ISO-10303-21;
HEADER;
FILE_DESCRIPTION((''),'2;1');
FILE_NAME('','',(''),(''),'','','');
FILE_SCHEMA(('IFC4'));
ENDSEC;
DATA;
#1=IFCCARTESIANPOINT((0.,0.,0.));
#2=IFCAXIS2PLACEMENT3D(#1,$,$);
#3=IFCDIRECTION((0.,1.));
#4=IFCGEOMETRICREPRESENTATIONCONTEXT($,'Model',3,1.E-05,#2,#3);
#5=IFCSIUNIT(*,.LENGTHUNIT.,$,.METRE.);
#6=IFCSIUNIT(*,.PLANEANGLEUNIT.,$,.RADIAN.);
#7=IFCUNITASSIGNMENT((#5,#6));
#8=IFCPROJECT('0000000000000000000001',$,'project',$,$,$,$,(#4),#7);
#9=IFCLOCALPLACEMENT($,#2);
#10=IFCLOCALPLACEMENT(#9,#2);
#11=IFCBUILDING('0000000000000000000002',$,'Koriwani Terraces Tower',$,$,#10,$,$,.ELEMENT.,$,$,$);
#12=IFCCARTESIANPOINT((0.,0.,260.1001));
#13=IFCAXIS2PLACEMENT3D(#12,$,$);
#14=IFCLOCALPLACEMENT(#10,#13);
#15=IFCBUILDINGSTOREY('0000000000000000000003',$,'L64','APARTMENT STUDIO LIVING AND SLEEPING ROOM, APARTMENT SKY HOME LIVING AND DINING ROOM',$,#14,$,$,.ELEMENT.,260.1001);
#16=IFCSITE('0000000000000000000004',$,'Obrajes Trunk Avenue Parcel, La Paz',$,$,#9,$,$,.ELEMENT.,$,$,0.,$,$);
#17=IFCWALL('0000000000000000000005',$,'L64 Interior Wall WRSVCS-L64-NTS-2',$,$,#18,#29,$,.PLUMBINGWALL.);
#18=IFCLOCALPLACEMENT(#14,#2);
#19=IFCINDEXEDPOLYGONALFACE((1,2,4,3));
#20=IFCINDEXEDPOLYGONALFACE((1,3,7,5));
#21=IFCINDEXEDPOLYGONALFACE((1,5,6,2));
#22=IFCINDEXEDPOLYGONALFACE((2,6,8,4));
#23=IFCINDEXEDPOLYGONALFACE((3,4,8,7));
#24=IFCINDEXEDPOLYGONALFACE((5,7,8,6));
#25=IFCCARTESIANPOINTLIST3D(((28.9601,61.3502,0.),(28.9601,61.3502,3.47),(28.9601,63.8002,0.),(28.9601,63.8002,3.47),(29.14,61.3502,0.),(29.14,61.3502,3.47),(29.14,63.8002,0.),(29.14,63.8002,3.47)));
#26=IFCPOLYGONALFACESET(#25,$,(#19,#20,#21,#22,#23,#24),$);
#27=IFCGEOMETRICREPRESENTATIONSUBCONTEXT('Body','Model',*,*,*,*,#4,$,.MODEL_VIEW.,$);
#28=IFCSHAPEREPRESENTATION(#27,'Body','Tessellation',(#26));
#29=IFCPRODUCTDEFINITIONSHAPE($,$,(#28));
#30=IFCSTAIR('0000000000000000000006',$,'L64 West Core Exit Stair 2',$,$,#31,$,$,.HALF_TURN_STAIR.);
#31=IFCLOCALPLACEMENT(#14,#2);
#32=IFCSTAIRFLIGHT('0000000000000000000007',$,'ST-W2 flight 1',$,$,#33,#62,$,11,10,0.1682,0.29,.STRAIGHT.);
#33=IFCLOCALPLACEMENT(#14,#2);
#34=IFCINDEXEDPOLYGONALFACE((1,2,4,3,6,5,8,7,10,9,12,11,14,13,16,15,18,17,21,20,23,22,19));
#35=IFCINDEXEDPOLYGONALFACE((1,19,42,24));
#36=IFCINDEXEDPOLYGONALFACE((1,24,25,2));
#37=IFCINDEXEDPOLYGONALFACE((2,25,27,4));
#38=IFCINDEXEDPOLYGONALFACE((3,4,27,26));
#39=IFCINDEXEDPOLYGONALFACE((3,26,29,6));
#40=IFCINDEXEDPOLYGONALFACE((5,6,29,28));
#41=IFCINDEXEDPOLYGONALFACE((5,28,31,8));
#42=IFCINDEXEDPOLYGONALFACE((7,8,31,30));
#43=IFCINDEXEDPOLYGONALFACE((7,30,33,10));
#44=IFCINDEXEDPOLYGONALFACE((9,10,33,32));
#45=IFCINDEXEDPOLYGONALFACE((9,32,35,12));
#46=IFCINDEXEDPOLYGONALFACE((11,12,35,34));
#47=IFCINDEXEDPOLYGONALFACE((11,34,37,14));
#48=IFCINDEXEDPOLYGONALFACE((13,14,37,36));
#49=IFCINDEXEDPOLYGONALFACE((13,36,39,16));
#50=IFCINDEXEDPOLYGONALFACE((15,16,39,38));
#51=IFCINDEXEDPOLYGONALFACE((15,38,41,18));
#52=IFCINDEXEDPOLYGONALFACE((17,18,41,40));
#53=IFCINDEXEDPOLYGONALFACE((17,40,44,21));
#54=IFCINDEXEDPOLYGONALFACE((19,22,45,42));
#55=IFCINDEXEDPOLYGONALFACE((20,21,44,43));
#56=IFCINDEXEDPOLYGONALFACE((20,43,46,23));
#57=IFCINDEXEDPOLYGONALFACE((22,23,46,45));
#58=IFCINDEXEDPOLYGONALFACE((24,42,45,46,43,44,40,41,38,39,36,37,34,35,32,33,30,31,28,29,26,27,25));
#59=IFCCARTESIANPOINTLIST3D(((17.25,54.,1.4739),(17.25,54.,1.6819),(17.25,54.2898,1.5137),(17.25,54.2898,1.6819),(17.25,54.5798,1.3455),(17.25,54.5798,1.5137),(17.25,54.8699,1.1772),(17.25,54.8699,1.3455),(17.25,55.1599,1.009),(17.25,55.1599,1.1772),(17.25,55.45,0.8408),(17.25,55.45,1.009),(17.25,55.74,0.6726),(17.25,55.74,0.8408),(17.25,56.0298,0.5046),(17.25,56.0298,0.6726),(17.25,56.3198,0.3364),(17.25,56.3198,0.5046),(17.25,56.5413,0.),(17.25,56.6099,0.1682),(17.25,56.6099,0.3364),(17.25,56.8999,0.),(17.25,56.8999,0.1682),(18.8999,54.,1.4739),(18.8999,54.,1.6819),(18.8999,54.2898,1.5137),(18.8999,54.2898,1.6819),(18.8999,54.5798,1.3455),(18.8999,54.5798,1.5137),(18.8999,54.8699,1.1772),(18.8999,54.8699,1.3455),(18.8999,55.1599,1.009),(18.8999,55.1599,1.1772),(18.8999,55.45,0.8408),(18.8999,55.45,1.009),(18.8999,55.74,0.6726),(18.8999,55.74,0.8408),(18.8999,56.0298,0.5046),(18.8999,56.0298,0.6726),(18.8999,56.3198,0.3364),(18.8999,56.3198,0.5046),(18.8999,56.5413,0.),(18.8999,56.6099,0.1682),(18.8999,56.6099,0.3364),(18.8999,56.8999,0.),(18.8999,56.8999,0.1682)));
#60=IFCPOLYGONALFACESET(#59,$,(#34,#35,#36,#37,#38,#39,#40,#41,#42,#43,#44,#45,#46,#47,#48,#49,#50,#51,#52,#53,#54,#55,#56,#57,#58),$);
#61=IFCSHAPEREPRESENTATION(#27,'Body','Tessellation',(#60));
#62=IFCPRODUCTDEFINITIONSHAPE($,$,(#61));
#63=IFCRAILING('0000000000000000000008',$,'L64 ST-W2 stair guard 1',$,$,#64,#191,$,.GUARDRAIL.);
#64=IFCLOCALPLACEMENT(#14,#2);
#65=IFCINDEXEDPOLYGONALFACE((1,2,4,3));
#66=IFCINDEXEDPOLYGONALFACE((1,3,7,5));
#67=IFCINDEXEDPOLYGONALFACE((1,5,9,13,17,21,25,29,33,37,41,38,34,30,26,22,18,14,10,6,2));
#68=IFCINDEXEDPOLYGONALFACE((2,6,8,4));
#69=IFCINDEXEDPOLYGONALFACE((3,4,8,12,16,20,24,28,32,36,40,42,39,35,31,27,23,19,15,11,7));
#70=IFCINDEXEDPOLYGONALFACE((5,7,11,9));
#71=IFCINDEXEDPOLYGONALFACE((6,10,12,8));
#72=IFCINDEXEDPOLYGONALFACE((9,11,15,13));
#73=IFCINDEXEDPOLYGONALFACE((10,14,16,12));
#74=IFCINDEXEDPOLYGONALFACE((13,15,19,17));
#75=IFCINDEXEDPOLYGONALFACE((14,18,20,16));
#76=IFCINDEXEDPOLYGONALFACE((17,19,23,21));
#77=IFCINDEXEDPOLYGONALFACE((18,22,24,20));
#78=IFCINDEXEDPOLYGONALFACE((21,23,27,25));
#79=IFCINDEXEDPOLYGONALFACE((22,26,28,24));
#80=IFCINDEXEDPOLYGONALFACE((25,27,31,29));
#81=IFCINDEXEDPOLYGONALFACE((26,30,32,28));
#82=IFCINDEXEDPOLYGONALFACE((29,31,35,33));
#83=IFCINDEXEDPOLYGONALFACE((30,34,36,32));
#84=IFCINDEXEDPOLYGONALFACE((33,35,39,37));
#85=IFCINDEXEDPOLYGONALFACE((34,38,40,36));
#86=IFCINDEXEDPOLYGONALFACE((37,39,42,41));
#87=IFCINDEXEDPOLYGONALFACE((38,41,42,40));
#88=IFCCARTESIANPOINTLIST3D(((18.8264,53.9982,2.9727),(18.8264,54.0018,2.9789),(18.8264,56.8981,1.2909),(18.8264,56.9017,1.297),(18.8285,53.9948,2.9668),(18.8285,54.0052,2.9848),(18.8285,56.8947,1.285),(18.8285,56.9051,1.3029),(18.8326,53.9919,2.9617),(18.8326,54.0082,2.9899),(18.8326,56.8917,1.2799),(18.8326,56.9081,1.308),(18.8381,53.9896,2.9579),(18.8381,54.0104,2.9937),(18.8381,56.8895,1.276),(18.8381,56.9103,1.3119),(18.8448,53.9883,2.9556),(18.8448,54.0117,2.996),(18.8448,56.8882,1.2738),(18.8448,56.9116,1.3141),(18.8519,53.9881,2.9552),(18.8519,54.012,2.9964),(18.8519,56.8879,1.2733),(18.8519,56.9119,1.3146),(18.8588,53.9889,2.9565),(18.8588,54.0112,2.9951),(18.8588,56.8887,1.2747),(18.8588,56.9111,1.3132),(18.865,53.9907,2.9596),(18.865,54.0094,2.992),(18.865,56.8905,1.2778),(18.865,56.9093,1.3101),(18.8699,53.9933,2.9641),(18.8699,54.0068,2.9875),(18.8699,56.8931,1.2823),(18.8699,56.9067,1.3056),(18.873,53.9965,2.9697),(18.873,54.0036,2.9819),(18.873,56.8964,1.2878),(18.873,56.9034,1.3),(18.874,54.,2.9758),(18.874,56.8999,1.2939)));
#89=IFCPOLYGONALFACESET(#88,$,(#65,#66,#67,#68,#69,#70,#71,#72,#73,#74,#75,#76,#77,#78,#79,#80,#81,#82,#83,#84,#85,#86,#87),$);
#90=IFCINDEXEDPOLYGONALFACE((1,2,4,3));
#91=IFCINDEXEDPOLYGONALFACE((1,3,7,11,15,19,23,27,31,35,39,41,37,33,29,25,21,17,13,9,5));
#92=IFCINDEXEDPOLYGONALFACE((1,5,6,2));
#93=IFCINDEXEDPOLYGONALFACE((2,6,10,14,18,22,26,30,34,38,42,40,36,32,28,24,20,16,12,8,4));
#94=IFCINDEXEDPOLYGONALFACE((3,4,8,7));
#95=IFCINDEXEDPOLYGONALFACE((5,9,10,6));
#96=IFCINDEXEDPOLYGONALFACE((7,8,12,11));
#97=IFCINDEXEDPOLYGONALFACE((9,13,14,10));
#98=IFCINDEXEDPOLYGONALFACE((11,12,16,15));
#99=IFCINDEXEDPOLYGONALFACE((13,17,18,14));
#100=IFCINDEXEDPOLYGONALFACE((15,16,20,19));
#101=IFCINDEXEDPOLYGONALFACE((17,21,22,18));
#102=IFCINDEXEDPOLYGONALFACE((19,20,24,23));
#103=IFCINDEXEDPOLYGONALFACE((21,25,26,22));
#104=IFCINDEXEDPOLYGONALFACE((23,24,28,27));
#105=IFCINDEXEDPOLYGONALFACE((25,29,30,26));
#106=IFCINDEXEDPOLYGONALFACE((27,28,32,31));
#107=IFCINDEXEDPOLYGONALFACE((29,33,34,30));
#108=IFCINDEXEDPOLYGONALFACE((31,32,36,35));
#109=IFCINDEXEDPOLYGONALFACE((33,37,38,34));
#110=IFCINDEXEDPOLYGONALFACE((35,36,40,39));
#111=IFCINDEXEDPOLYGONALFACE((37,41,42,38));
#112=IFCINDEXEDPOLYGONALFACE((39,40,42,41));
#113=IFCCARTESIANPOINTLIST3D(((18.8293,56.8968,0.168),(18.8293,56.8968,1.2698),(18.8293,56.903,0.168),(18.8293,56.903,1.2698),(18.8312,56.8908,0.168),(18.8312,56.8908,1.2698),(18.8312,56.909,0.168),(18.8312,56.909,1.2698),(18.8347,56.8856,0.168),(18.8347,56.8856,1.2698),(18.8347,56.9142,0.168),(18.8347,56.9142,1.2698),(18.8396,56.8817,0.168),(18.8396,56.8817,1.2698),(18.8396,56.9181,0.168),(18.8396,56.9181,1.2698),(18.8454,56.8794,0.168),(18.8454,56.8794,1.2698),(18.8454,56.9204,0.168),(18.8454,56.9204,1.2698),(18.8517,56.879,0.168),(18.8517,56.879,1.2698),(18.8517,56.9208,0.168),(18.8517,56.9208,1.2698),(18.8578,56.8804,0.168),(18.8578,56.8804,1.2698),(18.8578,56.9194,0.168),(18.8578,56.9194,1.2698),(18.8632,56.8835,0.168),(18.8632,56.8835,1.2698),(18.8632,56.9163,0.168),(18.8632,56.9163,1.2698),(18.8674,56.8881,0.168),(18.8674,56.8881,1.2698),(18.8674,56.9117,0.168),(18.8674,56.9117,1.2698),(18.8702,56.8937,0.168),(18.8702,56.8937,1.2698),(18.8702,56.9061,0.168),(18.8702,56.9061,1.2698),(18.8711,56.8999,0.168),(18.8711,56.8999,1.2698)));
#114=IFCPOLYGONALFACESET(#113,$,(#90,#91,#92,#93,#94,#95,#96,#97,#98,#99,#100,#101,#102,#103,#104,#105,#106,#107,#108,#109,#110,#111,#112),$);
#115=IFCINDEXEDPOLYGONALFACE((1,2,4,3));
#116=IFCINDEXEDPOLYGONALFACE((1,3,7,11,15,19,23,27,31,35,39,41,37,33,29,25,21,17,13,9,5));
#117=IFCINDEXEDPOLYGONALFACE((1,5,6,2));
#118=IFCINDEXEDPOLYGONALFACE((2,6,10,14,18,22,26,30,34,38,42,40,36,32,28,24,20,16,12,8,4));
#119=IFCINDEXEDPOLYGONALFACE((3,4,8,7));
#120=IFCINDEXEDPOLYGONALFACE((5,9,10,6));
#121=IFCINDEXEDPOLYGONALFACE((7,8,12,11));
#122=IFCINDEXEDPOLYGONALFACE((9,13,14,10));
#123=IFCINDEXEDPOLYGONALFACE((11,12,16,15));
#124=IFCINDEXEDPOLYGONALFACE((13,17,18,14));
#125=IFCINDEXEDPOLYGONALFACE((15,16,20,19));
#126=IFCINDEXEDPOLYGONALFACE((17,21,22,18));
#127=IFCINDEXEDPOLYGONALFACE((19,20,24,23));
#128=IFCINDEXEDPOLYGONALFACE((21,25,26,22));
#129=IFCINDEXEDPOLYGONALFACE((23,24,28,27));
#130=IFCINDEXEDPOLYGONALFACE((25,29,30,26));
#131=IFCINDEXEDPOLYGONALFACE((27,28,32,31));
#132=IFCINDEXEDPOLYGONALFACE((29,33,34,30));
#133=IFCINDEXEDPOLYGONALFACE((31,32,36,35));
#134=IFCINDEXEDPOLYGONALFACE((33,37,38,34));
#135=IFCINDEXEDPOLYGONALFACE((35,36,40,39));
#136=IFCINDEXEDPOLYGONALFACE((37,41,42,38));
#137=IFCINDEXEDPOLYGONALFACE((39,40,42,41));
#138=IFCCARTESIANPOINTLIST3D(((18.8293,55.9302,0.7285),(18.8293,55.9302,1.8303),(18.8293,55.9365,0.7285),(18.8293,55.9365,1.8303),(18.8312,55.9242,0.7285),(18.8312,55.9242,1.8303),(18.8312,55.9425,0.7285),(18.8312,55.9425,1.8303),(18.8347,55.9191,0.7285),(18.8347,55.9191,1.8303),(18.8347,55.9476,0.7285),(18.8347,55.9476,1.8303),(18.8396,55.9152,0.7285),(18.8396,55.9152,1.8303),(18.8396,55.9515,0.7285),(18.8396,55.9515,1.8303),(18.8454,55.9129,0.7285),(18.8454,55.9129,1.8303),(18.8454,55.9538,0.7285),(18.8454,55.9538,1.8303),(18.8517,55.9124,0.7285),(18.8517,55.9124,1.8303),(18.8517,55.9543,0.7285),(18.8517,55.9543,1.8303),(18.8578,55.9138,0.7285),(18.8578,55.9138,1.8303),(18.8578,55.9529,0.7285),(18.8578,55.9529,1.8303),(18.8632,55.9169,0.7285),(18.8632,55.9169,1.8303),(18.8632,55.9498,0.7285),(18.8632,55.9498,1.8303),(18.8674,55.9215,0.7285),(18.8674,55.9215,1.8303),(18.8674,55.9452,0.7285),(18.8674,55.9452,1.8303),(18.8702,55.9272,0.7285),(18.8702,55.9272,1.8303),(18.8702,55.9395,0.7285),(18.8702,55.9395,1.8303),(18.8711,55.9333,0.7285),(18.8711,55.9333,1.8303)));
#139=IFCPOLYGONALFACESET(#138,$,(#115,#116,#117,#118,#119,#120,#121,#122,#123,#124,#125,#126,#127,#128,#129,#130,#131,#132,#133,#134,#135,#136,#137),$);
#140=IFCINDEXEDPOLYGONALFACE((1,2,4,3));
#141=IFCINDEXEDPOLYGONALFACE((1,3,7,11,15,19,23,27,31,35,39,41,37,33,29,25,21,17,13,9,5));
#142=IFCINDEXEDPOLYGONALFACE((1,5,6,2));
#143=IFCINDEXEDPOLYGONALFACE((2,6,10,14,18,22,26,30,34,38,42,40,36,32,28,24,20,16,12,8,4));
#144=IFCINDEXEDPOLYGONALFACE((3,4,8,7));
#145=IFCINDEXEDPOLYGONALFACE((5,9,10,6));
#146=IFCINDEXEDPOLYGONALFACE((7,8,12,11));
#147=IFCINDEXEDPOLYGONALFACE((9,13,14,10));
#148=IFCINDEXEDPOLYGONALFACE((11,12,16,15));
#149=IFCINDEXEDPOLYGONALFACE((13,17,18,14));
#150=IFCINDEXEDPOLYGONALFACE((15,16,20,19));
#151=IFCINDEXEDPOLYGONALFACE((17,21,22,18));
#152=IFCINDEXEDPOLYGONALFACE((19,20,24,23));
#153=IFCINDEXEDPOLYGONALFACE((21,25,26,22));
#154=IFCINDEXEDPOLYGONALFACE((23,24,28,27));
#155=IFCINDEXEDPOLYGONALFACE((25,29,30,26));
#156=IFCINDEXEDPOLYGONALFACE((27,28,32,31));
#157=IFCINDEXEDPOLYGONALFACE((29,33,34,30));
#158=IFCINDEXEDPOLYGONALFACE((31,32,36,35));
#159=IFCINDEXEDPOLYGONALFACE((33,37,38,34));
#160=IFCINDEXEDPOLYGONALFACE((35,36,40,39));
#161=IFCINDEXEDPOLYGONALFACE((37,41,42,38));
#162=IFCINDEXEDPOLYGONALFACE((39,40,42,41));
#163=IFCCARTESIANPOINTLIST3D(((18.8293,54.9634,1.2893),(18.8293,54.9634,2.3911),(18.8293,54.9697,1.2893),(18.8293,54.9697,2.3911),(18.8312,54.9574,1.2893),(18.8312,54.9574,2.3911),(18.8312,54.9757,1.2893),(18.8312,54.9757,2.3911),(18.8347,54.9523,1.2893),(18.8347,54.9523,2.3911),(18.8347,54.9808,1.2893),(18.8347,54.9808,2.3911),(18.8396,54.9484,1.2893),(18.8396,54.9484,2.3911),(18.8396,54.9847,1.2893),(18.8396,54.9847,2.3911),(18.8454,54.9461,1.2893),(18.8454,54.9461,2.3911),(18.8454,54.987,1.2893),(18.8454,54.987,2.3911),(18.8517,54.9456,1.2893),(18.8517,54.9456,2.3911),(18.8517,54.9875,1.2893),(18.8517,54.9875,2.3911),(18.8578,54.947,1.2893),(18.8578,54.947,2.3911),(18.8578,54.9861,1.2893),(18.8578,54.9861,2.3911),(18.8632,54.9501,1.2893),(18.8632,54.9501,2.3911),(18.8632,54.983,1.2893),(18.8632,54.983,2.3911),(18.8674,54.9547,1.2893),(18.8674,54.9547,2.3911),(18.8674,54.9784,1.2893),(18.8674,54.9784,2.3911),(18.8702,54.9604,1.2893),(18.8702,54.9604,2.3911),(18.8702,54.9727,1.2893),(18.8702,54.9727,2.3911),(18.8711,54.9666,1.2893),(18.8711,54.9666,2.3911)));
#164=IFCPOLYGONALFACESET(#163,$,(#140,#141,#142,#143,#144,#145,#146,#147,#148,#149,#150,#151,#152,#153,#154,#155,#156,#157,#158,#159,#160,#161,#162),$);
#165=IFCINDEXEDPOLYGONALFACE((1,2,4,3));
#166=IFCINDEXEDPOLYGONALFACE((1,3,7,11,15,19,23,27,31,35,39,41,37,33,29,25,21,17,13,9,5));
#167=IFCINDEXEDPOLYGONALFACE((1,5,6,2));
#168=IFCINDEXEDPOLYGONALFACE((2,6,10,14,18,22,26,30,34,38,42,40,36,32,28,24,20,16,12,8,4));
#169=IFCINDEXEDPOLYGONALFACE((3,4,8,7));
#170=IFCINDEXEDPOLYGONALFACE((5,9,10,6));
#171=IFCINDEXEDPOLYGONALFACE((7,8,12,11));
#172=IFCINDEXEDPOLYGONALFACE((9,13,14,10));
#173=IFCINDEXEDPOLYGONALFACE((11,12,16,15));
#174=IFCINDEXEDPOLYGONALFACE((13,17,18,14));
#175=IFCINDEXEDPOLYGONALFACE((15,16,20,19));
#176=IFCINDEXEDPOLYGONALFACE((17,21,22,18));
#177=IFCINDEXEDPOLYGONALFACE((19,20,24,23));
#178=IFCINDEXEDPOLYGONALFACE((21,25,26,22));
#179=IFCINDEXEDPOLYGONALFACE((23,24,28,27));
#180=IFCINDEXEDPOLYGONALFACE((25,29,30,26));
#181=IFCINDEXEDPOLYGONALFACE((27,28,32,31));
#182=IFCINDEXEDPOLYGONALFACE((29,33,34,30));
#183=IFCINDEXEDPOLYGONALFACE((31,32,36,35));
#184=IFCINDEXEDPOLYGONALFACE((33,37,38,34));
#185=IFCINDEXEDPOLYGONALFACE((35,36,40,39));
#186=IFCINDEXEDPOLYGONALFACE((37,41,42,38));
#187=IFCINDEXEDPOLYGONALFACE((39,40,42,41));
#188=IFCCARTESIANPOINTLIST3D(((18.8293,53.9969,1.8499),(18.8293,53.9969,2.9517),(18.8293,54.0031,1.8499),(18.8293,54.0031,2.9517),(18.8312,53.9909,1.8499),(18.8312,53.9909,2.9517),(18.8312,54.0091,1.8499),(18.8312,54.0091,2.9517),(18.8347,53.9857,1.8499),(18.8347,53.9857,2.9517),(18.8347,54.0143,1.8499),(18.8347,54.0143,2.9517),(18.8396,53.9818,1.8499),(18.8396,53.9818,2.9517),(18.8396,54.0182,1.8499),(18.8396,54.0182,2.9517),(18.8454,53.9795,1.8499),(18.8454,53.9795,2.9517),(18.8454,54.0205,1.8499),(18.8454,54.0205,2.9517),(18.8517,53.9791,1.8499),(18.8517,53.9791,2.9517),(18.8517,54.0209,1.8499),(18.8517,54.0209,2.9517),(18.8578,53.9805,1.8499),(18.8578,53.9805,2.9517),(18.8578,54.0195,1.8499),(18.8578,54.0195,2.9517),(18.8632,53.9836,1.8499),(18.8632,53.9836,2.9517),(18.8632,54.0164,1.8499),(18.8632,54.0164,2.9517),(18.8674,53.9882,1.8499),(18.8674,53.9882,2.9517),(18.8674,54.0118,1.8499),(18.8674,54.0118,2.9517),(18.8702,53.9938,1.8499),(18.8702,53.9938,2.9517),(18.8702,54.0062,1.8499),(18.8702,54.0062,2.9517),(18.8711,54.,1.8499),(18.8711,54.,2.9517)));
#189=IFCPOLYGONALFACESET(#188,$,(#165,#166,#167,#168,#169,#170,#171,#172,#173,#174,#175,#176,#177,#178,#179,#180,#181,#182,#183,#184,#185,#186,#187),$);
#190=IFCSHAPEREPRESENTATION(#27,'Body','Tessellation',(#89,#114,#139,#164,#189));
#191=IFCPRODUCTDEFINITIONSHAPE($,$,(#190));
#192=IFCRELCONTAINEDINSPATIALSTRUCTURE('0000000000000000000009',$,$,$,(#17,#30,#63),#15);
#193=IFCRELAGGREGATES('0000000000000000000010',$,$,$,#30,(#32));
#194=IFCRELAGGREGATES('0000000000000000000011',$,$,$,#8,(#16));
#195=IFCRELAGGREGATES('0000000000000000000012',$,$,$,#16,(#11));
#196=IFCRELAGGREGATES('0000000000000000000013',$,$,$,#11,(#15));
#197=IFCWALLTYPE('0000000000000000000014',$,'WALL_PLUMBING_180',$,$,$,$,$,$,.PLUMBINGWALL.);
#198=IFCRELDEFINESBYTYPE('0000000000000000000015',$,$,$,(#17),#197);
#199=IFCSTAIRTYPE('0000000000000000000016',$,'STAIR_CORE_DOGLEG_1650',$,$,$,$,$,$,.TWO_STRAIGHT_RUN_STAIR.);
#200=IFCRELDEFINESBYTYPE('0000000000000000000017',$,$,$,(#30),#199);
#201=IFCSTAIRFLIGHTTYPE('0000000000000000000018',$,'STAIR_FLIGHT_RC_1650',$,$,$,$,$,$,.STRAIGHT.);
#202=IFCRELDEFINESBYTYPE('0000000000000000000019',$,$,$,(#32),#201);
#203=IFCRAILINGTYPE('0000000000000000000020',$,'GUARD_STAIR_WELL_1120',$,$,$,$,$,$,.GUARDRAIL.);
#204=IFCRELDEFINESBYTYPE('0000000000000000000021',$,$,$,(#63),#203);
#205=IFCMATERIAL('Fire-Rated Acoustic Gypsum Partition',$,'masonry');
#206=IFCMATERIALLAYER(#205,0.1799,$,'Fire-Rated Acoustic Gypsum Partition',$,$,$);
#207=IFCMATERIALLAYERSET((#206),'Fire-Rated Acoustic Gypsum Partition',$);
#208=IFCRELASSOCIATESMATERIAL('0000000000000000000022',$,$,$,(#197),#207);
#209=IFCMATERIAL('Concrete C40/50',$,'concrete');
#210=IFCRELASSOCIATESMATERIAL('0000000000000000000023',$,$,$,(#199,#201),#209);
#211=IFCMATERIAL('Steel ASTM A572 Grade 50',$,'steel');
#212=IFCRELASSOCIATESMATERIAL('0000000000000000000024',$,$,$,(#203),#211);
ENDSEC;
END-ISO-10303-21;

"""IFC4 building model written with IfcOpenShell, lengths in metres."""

from ifc_helpers import new_model, si_unit, direction, frame, frame_2d, origin, origin_2d, place, context, subcontext, project, spatial, polyline, rectangle, circle, outline, extrude, material, layer, layer_set, type_object, element, aggregate, save


model = new_model("IFC4")

# Units and contexts
model_context = context("Model", 3, precision=1e-05, world=origin(), true_north=direction((0.0, 1.0)))
body_context = subcontext(model_context, "Body", "Model", "MODEL_VIEW")
ifc_project = project(units=[si_unit("LENGTHUNIT", "METRE"), si_unit("PLANEANGLEUNIT", "RADIAN")], contexts=[model_context])

# Site, building, storey
site_placement = place(None, origin())
site = spatial("IfcSite", under=ifc_project, at=site_placement, Name="Obrajes Trunk Avenue Parcel, La Paz", CompositionType="ELEMENT", RefElevation=0.0)
building_placement = place(site_placement, origin())
building = spatial("IfcBuilding", under=site, at=building_placement, Name="Koriwani Terraces Tower", CompositionType="ELEMENT")
storey_placement = place(building_placement, frame((0.0, 0.0, 260.1001)))
storey = spatial("IfcBuildingStorey", under=building, at=storey_placement, Name="L64", Description="APARTMENT STUDIO LIVING AND SLEEPING ROOM, APARTMENT SKY HOME LIVING AND DINING ROOM", CompositionType="ELEMENT", Elevation=260.1001)

# Shared definitions
ifc_material_1 = material(Name="Steel ASTM A572 Grade 50", Category="steel")

# Shared definitions
ifc_material_2 = material(Name="Fire-Rated Acoustic Gypsum Partition", Category="masonry")
ifc_layer_1 = layer(ifc_material_2, 0.1799, Name="Fire-Rated Acoustic Gypsum Partition")
ifc_layer_set_1 = layer_set([ifc_layer_1], Name="Fire-Rated Acoustic Gypsum Partition")
wall_type_1 = type_object("IfcWallType", Name="WALL_PLUMBING_180", PredefinedType="PLUMBINGWALL", material=ifc_layer_set_1)

# Wall
wall_1_placement = place(storey_placement, frame((29.05, 61.3501, 0.0), z_axis=(0.0, 0.0, 1.0), x_axis=(0.0, 1.0, 0.0)))
element("IfcWall", 1, at=wall_1_placement, inside=storey, type_object=wall_type_1, Name="L64 Interior Wall WRSVCS-L64-NTS-2", PredefinedType="PLUMBINGWALL", context=body_context, shape_type="SweptSolid", body=[
    extrude(rectangle(XDim=2.45, YDim=0.1799, at=frame_2d((1.2251, 0.0))), origin(), (0.0, 0.0, 1.0), 3.47),
])

# Shared definitions
ifc_material_3 = material(Name="Concrete C40/50", Category="concrete")

# Stair, stair flight
stair_type = type_object("IfcStairType", Name="STAIR_CORE_DOGLEG_1650", PredefinedType="TWO_STRAIGHT_RUN_STAIR", material=ifc_material_3)
stair_placement = place(storey_placement, origin())
stair = element("IfcStair", 2, at=stair_placement, inside=storey, type_object=stair_type, Name="L64 West Core Exit Stair 2", PredefinedType="HALF_TURN_STAIR")
stair_flight_type = type_object("IfcStairFlightType", Name="STAIR_FLIGHT_RC_1650", PredefinedType="STRAIGHT", material=ifc_material_3)
stair_flight_placement = place(storey_placement, frame((18.075, 56.8999, 0.0), z_axis=(0.0, 0.0, 1.0), x_axis=(0.0, -1.0, 0.0)))
stair_flight = element("IfcStairFlight", 3, at=stair_flight_placement, type_object=stair_flight_type, Name="ST-W2 flight 1", NumberOfRisers=11, NumberOfTreads=10, PredefinedType="STRAIGHT", RiserHeight=0.1682, TreadLength=0.29, context=body_context, shape_type="SweptSolid", body=[
    extrude(outline(polyline([(0.0, 0.0), (0.0, 0.1682), (0.29, 0.1682), (0.29, 0.3364), (0.5801, 0.3364), (0.5801, 0.5046), (0.8701, 0.5046), (0.8701, 0.6726), (1.1599, 0.6726), (1.1599, 0.8408), (1.45, 0.8408), (1.45, 1.009), (1.74, 1.009), (1.74, 1.1772), (2.03, 1.1772), (2.03, 1.3455), (2.3201, 1.3455), (2.3201, 1.5137), (2.6101, 1.5137), (2.6101, 1.6819), (2.8999, 1.6819), (2.8999, 1.8501), (2.8999, 1.4739), (0.3586, 0.0), (0.0, 0.0)])), frame((0.0, 0.825, 0.0), z_axis=(0.0, -1.0, 0.0), x_axis=(1.0, 0.0, 0.0)), (0.0, 0.0, 1.0), 1.6499),
])
aggregate(stair, [stair_flight])

# Railing
railing_type = type_object("IfcRailingType", Name="GUARD_STAIR_WELL_1120", PredefinedType="GUARDRAIL", material=ifc_material_1)
railing_1_placement = place(storey_placement, frame((18.8501, 56.8999, 0.168)))
element("IfcRailing", 4, at=railing_1_placement, inside=storey, type_object=railing_type, Name="L64 ST-W2 stair guard 1", PredefinedType="GUARDRAIL", context=body_context, shape_type="SweptSolid", body=[
    extrude(circle(Radius=0.0239, at=origin_2d()), frame((0.0, 0.0, 1.126), z_axis=(0.0, -0.865039, 0.501705), x_axis=(1.0, 0.0, 0.0)), (0.0, 0.0, 1.0), 3.3523),
    extrude(circle(Radius=0.021, at=origin_2d()), origin(), (0.0, 0.0, 1.0), 1.1018),
    extrude(circle(Radius=0.021, at=origin_2d()), frame((0.0, -0.9666, 0.5605)), (0.0, 0.0, 1.0), 1.1018),
    extrude(circle(Radius=0.021, at=origin_2d()), frame((0.0, -1.9333, 1.1213)), (0.0, 0.0, 1.0), 1.1018),
    extrude(circle(Radius=0.021, at=origin_2d()), frame((0.0, -2.8999, 1.6819)), (0.0, 0.0, 1.0), 1.1018),
])

save(model, "model.ifc")
